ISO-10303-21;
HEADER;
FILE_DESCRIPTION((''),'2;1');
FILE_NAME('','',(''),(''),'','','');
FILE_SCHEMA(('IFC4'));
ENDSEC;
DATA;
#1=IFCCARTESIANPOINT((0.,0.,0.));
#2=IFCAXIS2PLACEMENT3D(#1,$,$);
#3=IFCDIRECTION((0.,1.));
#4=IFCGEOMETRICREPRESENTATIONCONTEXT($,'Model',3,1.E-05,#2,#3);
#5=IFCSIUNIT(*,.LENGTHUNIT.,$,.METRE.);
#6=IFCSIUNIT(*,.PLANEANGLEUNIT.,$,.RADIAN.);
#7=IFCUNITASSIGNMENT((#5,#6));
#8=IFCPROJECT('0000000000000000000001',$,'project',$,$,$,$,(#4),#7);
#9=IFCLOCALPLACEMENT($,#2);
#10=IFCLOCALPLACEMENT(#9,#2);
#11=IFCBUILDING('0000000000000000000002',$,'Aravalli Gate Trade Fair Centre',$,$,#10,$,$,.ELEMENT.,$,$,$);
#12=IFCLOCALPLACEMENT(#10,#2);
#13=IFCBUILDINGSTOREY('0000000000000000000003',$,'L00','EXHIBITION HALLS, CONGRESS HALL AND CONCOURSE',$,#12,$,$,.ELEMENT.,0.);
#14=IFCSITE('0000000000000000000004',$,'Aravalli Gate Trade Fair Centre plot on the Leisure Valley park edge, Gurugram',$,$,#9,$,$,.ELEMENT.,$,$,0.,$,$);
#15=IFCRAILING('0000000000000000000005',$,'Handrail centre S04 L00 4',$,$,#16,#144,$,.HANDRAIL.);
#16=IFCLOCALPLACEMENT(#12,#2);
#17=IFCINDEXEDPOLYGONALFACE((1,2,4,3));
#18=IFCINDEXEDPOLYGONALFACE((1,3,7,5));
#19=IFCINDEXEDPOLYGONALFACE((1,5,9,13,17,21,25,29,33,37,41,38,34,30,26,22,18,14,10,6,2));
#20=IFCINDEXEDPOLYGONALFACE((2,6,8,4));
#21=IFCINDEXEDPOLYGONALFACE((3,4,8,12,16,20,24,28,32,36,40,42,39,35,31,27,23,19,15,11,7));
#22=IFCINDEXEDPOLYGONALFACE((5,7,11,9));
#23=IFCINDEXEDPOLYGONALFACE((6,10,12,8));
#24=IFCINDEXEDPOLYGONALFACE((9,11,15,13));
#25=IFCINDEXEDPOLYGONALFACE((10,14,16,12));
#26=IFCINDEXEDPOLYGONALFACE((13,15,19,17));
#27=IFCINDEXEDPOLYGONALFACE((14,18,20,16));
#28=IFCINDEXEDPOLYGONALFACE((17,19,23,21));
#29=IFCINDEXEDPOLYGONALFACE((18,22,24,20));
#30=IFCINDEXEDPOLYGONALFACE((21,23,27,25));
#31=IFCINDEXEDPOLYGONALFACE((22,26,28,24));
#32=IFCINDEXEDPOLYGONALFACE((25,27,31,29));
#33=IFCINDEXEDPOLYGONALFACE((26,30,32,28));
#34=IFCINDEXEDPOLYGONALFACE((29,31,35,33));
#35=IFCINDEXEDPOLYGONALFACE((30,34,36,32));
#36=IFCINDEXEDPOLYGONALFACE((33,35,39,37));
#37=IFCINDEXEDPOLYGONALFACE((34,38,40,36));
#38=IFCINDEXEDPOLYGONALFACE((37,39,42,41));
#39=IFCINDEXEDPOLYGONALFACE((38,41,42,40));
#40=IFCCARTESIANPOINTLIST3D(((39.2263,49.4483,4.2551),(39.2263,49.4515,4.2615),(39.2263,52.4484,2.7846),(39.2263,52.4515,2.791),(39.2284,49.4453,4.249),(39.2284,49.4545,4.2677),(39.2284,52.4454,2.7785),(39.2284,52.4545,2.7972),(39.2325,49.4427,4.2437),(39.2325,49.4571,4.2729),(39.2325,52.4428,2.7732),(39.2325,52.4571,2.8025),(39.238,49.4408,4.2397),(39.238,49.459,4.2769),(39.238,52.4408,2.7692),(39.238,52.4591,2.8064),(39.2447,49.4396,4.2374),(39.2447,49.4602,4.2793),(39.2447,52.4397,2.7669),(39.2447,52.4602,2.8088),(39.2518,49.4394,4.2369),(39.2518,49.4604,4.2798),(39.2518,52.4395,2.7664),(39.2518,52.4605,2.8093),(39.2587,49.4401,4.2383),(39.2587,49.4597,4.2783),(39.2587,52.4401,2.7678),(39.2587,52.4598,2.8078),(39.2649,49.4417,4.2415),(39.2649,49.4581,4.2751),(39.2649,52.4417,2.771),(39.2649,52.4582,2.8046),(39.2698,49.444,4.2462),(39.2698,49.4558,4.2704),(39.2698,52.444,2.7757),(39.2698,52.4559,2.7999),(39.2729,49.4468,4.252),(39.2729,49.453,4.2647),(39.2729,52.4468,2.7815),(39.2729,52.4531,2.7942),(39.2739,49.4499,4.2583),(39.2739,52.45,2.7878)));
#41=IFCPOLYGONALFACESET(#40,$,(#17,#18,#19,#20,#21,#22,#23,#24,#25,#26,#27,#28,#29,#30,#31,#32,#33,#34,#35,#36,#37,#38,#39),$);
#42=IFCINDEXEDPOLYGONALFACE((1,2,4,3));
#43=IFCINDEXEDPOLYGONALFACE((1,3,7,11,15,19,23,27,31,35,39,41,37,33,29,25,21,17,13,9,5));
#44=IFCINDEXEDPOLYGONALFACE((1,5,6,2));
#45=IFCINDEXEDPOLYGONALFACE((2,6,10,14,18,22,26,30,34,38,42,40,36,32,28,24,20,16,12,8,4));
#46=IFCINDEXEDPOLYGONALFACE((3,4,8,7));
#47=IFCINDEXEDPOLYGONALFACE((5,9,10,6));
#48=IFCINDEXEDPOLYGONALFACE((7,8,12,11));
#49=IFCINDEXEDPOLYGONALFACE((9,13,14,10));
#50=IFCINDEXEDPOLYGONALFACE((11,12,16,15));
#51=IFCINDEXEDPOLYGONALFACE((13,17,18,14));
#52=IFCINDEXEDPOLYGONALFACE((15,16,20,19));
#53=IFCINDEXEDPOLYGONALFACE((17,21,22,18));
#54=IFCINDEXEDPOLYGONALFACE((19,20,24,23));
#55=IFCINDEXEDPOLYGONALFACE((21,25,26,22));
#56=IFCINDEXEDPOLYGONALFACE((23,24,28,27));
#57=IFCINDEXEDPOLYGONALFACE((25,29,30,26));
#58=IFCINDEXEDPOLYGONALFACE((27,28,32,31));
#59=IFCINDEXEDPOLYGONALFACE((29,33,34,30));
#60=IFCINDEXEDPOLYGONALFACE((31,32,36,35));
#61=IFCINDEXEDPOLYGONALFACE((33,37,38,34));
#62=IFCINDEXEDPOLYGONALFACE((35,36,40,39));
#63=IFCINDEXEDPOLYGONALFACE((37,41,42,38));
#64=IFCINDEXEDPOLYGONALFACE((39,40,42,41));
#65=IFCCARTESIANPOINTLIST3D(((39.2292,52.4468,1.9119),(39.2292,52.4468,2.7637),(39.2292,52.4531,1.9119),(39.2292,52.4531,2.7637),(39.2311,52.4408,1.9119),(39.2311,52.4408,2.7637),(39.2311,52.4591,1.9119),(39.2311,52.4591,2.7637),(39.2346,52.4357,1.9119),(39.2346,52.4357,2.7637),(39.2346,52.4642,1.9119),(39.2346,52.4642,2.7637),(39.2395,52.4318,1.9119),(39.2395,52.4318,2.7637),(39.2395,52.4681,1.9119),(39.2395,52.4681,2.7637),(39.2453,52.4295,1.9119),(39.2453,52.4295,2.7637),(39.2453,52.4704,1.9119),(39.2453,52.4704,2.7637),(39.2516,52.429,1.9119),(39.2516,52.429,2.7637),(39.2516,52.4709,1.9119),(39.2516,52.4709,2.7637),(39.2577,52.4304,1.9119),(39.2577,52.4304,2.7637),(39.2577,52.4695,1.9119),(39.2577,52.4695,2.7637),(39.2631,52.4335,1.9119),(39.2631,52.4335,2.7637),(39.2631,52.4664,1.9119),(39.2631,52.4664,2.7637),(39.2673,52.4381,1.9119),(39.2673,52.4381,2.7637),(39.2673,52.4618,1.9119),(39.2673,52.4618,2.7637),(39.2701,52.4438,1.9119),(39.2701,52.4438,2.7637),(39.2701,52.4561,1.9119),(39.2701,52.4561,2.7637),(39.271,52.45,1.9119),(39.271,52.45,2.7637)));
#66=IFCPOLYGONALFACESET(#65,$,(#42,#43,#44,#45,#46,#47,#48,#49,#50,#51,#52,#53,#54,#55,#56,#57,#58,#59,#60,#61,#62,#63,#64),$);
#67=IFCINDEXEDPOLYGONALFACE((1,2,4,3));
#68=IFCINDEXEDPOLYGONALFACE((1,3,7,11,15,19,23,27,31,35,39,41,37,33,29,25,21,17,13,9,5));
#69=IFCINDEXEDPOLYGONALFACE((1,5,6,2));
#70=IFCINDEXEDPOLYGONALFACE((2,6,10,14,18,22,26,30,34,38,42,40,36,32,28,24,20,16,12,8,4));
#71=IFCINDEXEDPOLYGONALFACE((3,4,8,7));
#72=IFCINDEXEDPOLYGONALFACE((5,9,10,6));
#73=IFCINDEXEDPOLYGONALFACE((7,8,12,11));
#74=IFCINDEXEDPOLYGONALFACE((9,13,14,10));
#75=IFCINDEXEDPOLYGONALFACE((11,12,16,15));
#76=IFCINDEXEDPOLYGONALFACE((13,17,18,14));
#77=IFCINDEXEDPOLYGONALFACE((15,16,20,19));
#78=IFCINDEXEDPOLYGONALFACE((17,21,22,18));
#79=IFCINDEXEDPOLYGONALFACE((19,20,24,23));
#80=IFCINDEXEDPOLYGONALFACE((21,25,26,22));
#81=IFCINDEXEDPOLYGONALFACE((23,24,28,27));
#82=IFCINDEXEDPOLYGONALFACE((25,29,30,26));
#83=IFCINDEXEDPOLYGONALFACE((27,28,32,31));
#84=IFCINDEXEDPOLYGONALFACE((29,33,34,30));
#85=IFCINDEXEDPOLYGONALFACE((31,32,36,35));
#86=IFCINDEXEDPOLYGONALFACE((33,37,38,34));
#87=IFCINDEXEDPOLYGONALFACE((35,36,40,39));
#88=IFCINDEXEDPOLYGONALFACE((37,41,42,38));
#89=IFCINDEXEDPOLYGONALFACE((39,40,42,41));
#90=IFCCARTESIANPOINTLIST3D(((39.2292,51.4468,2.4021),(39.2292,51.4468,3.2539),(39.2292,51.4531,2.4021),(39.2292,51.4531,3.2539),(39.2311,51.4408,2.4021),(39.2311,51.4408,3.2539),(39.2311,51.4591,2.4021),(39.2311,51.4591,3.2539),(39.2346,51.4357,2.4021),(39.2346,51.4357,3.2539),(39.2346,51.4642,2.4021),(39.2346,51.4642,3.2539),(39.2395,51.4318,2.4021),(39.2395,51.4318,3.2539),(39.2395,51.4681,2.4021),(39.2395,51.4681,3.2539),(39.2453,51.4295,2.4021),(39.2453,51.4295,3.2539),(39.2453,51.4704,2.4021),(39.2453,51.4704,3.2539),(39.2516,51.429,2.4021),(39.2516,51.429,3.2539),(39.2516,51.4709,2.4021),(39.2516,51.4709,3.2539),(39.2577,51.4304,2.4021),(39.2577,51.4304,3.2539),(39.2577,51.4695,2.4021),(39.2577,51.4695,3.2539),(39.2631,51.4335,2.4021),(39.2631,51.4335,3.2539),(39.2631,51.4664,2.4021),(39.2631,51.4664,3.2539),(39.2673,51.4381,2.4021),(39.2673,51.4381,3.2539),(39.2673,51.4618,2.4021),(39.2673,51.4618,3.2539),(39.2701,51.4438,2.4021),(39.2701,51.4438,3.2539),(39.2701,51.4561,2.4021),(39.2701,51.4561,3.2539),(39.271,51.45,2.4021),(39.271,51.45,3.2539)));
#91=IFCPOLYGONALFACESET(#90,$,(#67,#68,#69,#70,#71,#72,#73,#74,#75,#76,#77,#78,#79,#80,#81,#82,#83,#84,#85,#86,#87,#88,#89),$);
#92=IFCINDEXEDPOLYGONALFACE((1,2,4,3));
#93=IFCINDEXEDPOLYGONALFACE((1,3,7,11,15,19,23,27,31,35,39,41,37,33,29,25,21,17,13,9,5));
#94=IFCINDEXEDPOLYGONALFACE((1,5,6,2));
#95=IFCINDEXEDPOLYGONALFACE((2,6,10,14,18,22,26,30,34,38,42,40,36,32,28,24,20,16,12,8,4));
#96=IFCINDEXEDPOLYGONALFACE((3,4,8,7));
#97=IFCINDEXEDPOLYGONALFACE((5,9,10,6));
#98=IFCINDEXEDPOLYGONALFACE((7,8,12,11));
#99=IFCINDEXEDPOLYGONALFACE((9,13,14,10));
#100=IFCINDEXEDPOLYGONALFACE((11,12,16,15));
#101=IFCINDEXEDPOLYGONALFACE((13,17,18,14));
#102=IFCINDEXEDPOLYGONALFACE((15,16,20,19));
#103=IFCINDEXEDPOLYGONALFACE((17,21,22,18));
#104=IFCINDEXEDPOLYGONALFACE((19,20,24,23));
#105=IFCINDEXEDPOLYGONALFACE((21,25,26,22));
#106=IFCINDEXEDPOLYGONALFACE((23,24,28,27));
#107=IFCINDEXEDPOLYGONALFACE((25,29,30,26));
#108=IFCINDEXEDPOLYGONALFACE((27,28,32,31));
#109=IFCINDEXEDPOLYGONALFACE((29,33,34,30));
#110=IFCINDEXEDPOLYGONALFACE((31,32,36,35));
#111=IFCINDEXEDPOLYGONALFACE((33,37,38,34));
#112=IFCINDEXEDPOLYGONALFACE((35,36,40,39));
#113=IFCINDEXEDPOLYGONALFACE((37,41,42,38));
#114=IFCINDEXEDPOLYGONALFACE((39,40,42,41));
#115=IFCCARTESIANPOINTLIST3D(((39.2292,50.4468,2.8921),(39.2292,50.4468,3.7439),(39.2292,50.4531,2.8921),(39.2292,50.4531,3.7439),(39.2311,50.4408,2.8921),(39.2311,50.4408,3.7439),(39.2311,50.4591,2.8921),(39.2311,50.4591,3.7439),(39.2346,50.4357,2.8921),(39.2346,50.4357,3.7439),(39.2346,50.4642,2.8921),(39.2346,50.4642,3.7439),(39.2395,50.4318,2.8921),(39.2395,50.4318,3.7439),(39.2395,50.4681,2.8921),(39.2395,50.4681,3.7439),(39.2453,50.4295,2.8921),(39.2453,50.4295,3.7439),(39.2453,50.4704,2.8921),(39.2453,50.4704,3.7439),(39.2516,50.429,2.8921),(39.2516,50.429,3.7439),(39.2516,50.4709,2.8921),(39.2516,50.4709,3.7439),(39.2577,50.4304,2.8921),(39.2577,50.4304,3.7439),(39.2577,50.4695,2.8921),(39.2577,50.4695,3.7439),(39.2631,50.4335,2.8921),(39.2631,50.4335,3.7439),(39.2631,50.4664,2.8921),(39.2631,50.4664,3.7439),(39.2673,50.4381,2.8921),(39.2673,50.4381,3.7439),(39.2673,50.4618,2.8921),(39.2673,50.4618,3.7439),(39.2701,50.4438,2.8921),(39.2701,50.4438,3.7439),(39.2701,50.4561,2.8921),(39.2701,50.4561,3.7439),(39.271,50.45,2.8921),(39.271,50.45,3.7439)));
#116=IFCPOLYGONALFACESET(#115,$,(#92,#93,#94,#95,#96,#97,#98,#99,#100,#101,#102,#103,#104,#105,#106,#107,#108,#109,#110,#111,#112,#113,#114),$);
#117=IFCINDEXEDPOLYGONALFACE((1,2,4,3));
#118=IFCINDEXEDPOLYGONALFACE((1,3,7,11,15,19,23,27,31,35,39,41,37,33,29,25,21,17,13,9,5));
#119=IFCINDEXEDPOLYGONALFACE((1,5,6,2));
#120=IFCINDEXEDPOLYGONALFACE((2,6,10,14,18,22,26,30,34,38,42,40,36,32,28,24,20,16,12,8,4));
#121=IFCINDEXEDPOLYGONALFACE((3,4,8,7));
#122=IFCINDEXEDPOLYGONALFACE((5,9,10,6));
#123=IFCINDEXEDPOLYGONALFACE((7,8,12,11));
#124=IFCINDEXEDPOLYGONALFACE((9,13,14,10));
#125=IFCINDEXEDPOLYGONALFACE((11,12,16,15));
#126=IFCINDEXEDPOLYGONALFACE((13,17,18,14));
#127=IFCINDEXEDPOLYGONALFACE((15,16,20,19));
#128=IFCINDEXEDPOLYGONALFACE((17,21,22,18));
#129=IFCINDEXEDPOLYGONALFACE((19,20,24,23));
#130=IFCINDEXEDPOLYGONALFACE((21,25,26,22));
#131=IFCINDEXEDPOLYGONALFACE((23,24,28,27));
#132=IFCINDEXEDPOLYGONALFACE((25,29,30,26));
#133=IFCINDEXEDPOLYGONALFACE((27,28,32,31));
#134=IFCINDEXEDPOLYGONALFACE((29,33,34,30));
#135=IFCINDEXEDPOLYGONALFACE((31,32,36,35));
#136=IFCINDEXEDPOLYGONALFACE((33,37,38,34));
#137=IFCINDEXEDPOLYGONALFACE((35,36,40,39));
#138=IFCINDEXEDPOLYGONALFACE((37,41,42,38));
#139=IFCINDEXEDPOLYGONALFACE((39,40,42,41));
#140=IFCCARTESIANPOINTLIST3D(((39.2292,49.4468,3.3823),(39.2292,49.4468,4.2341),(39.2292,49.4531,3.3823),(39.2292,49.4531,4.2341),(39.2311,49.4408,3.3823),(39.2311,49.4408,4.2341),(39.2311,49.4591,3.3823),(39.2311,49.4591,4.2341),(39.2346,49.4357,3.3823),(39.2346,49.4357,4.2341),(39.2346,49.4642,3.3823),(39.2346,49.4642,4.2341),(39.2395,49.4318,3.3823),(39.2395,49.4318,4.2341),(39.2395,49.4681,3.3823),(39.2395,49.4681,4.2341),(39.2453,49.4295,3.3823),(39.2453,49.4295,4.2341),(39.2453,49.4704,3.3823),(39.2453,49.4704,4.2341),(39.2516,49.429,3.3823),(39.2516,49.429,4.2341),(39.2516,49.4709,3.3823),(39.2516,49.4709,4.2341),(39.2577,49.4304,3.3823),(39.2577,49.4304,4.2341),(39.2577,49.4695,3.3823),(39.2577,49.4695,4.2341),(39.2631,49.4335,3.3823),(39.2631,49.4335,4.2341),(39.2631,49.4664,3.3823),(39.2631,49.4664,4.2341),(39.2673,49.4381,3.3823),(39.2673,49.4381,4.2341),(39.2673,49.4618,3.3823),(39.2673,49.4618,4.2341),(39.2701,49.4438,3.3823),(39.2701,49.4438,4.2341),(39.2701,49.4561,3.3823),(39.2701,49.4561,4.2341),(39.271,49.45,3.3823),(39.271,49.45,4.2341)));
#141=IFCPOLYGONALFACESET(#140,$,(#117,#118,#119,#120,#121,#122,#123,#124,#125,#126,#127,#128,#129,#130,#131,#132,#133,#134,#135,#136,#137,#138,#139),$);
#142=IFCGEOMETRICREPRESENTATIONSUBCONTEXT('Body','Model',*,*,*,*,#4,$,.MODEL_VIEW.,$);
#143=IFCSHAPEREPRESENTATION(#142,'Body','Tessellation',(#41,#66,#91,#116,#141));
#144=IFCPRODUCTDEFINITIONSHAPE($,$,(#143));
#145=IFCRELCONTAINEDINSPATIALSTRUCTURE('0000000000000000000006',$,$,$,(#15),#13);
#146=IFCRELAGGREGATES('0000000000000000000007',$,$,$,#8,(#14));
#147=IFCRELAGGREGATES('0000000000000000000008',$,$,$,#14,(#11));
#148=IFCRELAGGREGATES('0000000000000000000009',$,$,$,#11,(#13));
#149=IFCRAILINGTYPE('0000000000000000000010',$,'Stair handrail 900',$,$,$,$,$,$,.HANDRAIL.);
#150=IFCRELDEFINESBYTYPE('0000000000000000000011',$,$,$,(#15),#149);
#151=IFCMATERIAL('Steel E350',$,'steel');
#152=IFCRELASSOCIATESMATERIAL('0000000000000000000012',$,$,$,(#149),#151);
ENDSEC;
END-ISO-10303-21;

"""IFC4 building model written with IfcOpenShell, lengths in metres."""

from ifc_helpers import new_model, si_unit, direction, frame, origin, origin_2d, place, context, subcontext, project, spatial, circle, extrude, material, type_object, element, save


model = new_model("IFC4")

# Units and contexts
model_context = context("Model", 3, precision=1e-05, world=origin(), true_north=direction((0.0, 1.0)))
body_context = subcontext(model_context, "Body", "Model", "MODEL_VIEW")
ifc_project = project(units=[si_unit("LENGTHUNIT", "METRE"), si_unit("PLANEANGLEUNIT", "RADIAN")], contexts=[model_context])

# Site, building, storey
site_placement = place(None, origin())
site = spatial("IfcSite", under=ifc_project, at=site_placement, Name="Aravalli Gate Trade Fair Centre plot on the Leisure Valley park edge, Gurugram", CompositionType="ELEMENT", RefElevation=0.0)
building_placement = place(site_placement, origin())
building = spatial("IfcBuilding", under=site, at=building_placement, Name="Aravalli Gate Trade Fair Centre", CompositionType="ELEMENT")
storey_placement = place(building_placement, origin())
storey = spatial("IfcBuildingStorey", under=building, at=storey_placement, Name="L00", Description="EXHIBITION HALLS, CONGRESS HALL AND CONCOURSE", CompositionType="ELEMENT", Elevation=0.0)

# Railing
ifc_material_1 = material(Name="Steel E350", Category="steel")
railing_type = type_object("IfcRailingType", Name="Stair handrail 900", PredefinedType="HANDRAIL", material=ifc_material_1)
for number, where, name in (
    (1, (39.25, 52.45, 1.9119), "Handrail centre S04 L00 4"),
):
    element("IfcRailing", number, at=place(storey_placement, frame(where)), inside=storey, type_object=railing_type, Name=name, PredefinedType="HANDRAIL", context=body_context, shape_type="SweptSolid", body=[
        extrude(circle(Radius=0.0239, at=origin_2d()), frame((0.0, 0.0, 0.876), z_axis=(0.0, -0.897936, 0.440126), x_axis=(1.0, 0.0, 0.0)), (0.0, 0.0, 1.0), 3.3411),
        extrude(circle(Radius=0.021, at=origin_2d()), origin(), (0.0, 0.0, 1.0), 0.8518),
        extrude(circle(Radius=0.021, at=origin_2d()), frame((0.0, -1.0, 0.4902)), (0.0, 0.0, 1.0), 0.8518),
        extrude(circle(Radius=0.021, at=origin_2d()), frame((0.0, -2.0, 0.9802)), (0.0, 0.0, 1.0), 0.8518),
        extrude(circle(Radius=0.021, at=origin_2d()), frame((0.0, -3.0, 1.4705)), (0.0, 0.0, 1.0), 0.8518),
    ])

save(model, "model.ifc")
